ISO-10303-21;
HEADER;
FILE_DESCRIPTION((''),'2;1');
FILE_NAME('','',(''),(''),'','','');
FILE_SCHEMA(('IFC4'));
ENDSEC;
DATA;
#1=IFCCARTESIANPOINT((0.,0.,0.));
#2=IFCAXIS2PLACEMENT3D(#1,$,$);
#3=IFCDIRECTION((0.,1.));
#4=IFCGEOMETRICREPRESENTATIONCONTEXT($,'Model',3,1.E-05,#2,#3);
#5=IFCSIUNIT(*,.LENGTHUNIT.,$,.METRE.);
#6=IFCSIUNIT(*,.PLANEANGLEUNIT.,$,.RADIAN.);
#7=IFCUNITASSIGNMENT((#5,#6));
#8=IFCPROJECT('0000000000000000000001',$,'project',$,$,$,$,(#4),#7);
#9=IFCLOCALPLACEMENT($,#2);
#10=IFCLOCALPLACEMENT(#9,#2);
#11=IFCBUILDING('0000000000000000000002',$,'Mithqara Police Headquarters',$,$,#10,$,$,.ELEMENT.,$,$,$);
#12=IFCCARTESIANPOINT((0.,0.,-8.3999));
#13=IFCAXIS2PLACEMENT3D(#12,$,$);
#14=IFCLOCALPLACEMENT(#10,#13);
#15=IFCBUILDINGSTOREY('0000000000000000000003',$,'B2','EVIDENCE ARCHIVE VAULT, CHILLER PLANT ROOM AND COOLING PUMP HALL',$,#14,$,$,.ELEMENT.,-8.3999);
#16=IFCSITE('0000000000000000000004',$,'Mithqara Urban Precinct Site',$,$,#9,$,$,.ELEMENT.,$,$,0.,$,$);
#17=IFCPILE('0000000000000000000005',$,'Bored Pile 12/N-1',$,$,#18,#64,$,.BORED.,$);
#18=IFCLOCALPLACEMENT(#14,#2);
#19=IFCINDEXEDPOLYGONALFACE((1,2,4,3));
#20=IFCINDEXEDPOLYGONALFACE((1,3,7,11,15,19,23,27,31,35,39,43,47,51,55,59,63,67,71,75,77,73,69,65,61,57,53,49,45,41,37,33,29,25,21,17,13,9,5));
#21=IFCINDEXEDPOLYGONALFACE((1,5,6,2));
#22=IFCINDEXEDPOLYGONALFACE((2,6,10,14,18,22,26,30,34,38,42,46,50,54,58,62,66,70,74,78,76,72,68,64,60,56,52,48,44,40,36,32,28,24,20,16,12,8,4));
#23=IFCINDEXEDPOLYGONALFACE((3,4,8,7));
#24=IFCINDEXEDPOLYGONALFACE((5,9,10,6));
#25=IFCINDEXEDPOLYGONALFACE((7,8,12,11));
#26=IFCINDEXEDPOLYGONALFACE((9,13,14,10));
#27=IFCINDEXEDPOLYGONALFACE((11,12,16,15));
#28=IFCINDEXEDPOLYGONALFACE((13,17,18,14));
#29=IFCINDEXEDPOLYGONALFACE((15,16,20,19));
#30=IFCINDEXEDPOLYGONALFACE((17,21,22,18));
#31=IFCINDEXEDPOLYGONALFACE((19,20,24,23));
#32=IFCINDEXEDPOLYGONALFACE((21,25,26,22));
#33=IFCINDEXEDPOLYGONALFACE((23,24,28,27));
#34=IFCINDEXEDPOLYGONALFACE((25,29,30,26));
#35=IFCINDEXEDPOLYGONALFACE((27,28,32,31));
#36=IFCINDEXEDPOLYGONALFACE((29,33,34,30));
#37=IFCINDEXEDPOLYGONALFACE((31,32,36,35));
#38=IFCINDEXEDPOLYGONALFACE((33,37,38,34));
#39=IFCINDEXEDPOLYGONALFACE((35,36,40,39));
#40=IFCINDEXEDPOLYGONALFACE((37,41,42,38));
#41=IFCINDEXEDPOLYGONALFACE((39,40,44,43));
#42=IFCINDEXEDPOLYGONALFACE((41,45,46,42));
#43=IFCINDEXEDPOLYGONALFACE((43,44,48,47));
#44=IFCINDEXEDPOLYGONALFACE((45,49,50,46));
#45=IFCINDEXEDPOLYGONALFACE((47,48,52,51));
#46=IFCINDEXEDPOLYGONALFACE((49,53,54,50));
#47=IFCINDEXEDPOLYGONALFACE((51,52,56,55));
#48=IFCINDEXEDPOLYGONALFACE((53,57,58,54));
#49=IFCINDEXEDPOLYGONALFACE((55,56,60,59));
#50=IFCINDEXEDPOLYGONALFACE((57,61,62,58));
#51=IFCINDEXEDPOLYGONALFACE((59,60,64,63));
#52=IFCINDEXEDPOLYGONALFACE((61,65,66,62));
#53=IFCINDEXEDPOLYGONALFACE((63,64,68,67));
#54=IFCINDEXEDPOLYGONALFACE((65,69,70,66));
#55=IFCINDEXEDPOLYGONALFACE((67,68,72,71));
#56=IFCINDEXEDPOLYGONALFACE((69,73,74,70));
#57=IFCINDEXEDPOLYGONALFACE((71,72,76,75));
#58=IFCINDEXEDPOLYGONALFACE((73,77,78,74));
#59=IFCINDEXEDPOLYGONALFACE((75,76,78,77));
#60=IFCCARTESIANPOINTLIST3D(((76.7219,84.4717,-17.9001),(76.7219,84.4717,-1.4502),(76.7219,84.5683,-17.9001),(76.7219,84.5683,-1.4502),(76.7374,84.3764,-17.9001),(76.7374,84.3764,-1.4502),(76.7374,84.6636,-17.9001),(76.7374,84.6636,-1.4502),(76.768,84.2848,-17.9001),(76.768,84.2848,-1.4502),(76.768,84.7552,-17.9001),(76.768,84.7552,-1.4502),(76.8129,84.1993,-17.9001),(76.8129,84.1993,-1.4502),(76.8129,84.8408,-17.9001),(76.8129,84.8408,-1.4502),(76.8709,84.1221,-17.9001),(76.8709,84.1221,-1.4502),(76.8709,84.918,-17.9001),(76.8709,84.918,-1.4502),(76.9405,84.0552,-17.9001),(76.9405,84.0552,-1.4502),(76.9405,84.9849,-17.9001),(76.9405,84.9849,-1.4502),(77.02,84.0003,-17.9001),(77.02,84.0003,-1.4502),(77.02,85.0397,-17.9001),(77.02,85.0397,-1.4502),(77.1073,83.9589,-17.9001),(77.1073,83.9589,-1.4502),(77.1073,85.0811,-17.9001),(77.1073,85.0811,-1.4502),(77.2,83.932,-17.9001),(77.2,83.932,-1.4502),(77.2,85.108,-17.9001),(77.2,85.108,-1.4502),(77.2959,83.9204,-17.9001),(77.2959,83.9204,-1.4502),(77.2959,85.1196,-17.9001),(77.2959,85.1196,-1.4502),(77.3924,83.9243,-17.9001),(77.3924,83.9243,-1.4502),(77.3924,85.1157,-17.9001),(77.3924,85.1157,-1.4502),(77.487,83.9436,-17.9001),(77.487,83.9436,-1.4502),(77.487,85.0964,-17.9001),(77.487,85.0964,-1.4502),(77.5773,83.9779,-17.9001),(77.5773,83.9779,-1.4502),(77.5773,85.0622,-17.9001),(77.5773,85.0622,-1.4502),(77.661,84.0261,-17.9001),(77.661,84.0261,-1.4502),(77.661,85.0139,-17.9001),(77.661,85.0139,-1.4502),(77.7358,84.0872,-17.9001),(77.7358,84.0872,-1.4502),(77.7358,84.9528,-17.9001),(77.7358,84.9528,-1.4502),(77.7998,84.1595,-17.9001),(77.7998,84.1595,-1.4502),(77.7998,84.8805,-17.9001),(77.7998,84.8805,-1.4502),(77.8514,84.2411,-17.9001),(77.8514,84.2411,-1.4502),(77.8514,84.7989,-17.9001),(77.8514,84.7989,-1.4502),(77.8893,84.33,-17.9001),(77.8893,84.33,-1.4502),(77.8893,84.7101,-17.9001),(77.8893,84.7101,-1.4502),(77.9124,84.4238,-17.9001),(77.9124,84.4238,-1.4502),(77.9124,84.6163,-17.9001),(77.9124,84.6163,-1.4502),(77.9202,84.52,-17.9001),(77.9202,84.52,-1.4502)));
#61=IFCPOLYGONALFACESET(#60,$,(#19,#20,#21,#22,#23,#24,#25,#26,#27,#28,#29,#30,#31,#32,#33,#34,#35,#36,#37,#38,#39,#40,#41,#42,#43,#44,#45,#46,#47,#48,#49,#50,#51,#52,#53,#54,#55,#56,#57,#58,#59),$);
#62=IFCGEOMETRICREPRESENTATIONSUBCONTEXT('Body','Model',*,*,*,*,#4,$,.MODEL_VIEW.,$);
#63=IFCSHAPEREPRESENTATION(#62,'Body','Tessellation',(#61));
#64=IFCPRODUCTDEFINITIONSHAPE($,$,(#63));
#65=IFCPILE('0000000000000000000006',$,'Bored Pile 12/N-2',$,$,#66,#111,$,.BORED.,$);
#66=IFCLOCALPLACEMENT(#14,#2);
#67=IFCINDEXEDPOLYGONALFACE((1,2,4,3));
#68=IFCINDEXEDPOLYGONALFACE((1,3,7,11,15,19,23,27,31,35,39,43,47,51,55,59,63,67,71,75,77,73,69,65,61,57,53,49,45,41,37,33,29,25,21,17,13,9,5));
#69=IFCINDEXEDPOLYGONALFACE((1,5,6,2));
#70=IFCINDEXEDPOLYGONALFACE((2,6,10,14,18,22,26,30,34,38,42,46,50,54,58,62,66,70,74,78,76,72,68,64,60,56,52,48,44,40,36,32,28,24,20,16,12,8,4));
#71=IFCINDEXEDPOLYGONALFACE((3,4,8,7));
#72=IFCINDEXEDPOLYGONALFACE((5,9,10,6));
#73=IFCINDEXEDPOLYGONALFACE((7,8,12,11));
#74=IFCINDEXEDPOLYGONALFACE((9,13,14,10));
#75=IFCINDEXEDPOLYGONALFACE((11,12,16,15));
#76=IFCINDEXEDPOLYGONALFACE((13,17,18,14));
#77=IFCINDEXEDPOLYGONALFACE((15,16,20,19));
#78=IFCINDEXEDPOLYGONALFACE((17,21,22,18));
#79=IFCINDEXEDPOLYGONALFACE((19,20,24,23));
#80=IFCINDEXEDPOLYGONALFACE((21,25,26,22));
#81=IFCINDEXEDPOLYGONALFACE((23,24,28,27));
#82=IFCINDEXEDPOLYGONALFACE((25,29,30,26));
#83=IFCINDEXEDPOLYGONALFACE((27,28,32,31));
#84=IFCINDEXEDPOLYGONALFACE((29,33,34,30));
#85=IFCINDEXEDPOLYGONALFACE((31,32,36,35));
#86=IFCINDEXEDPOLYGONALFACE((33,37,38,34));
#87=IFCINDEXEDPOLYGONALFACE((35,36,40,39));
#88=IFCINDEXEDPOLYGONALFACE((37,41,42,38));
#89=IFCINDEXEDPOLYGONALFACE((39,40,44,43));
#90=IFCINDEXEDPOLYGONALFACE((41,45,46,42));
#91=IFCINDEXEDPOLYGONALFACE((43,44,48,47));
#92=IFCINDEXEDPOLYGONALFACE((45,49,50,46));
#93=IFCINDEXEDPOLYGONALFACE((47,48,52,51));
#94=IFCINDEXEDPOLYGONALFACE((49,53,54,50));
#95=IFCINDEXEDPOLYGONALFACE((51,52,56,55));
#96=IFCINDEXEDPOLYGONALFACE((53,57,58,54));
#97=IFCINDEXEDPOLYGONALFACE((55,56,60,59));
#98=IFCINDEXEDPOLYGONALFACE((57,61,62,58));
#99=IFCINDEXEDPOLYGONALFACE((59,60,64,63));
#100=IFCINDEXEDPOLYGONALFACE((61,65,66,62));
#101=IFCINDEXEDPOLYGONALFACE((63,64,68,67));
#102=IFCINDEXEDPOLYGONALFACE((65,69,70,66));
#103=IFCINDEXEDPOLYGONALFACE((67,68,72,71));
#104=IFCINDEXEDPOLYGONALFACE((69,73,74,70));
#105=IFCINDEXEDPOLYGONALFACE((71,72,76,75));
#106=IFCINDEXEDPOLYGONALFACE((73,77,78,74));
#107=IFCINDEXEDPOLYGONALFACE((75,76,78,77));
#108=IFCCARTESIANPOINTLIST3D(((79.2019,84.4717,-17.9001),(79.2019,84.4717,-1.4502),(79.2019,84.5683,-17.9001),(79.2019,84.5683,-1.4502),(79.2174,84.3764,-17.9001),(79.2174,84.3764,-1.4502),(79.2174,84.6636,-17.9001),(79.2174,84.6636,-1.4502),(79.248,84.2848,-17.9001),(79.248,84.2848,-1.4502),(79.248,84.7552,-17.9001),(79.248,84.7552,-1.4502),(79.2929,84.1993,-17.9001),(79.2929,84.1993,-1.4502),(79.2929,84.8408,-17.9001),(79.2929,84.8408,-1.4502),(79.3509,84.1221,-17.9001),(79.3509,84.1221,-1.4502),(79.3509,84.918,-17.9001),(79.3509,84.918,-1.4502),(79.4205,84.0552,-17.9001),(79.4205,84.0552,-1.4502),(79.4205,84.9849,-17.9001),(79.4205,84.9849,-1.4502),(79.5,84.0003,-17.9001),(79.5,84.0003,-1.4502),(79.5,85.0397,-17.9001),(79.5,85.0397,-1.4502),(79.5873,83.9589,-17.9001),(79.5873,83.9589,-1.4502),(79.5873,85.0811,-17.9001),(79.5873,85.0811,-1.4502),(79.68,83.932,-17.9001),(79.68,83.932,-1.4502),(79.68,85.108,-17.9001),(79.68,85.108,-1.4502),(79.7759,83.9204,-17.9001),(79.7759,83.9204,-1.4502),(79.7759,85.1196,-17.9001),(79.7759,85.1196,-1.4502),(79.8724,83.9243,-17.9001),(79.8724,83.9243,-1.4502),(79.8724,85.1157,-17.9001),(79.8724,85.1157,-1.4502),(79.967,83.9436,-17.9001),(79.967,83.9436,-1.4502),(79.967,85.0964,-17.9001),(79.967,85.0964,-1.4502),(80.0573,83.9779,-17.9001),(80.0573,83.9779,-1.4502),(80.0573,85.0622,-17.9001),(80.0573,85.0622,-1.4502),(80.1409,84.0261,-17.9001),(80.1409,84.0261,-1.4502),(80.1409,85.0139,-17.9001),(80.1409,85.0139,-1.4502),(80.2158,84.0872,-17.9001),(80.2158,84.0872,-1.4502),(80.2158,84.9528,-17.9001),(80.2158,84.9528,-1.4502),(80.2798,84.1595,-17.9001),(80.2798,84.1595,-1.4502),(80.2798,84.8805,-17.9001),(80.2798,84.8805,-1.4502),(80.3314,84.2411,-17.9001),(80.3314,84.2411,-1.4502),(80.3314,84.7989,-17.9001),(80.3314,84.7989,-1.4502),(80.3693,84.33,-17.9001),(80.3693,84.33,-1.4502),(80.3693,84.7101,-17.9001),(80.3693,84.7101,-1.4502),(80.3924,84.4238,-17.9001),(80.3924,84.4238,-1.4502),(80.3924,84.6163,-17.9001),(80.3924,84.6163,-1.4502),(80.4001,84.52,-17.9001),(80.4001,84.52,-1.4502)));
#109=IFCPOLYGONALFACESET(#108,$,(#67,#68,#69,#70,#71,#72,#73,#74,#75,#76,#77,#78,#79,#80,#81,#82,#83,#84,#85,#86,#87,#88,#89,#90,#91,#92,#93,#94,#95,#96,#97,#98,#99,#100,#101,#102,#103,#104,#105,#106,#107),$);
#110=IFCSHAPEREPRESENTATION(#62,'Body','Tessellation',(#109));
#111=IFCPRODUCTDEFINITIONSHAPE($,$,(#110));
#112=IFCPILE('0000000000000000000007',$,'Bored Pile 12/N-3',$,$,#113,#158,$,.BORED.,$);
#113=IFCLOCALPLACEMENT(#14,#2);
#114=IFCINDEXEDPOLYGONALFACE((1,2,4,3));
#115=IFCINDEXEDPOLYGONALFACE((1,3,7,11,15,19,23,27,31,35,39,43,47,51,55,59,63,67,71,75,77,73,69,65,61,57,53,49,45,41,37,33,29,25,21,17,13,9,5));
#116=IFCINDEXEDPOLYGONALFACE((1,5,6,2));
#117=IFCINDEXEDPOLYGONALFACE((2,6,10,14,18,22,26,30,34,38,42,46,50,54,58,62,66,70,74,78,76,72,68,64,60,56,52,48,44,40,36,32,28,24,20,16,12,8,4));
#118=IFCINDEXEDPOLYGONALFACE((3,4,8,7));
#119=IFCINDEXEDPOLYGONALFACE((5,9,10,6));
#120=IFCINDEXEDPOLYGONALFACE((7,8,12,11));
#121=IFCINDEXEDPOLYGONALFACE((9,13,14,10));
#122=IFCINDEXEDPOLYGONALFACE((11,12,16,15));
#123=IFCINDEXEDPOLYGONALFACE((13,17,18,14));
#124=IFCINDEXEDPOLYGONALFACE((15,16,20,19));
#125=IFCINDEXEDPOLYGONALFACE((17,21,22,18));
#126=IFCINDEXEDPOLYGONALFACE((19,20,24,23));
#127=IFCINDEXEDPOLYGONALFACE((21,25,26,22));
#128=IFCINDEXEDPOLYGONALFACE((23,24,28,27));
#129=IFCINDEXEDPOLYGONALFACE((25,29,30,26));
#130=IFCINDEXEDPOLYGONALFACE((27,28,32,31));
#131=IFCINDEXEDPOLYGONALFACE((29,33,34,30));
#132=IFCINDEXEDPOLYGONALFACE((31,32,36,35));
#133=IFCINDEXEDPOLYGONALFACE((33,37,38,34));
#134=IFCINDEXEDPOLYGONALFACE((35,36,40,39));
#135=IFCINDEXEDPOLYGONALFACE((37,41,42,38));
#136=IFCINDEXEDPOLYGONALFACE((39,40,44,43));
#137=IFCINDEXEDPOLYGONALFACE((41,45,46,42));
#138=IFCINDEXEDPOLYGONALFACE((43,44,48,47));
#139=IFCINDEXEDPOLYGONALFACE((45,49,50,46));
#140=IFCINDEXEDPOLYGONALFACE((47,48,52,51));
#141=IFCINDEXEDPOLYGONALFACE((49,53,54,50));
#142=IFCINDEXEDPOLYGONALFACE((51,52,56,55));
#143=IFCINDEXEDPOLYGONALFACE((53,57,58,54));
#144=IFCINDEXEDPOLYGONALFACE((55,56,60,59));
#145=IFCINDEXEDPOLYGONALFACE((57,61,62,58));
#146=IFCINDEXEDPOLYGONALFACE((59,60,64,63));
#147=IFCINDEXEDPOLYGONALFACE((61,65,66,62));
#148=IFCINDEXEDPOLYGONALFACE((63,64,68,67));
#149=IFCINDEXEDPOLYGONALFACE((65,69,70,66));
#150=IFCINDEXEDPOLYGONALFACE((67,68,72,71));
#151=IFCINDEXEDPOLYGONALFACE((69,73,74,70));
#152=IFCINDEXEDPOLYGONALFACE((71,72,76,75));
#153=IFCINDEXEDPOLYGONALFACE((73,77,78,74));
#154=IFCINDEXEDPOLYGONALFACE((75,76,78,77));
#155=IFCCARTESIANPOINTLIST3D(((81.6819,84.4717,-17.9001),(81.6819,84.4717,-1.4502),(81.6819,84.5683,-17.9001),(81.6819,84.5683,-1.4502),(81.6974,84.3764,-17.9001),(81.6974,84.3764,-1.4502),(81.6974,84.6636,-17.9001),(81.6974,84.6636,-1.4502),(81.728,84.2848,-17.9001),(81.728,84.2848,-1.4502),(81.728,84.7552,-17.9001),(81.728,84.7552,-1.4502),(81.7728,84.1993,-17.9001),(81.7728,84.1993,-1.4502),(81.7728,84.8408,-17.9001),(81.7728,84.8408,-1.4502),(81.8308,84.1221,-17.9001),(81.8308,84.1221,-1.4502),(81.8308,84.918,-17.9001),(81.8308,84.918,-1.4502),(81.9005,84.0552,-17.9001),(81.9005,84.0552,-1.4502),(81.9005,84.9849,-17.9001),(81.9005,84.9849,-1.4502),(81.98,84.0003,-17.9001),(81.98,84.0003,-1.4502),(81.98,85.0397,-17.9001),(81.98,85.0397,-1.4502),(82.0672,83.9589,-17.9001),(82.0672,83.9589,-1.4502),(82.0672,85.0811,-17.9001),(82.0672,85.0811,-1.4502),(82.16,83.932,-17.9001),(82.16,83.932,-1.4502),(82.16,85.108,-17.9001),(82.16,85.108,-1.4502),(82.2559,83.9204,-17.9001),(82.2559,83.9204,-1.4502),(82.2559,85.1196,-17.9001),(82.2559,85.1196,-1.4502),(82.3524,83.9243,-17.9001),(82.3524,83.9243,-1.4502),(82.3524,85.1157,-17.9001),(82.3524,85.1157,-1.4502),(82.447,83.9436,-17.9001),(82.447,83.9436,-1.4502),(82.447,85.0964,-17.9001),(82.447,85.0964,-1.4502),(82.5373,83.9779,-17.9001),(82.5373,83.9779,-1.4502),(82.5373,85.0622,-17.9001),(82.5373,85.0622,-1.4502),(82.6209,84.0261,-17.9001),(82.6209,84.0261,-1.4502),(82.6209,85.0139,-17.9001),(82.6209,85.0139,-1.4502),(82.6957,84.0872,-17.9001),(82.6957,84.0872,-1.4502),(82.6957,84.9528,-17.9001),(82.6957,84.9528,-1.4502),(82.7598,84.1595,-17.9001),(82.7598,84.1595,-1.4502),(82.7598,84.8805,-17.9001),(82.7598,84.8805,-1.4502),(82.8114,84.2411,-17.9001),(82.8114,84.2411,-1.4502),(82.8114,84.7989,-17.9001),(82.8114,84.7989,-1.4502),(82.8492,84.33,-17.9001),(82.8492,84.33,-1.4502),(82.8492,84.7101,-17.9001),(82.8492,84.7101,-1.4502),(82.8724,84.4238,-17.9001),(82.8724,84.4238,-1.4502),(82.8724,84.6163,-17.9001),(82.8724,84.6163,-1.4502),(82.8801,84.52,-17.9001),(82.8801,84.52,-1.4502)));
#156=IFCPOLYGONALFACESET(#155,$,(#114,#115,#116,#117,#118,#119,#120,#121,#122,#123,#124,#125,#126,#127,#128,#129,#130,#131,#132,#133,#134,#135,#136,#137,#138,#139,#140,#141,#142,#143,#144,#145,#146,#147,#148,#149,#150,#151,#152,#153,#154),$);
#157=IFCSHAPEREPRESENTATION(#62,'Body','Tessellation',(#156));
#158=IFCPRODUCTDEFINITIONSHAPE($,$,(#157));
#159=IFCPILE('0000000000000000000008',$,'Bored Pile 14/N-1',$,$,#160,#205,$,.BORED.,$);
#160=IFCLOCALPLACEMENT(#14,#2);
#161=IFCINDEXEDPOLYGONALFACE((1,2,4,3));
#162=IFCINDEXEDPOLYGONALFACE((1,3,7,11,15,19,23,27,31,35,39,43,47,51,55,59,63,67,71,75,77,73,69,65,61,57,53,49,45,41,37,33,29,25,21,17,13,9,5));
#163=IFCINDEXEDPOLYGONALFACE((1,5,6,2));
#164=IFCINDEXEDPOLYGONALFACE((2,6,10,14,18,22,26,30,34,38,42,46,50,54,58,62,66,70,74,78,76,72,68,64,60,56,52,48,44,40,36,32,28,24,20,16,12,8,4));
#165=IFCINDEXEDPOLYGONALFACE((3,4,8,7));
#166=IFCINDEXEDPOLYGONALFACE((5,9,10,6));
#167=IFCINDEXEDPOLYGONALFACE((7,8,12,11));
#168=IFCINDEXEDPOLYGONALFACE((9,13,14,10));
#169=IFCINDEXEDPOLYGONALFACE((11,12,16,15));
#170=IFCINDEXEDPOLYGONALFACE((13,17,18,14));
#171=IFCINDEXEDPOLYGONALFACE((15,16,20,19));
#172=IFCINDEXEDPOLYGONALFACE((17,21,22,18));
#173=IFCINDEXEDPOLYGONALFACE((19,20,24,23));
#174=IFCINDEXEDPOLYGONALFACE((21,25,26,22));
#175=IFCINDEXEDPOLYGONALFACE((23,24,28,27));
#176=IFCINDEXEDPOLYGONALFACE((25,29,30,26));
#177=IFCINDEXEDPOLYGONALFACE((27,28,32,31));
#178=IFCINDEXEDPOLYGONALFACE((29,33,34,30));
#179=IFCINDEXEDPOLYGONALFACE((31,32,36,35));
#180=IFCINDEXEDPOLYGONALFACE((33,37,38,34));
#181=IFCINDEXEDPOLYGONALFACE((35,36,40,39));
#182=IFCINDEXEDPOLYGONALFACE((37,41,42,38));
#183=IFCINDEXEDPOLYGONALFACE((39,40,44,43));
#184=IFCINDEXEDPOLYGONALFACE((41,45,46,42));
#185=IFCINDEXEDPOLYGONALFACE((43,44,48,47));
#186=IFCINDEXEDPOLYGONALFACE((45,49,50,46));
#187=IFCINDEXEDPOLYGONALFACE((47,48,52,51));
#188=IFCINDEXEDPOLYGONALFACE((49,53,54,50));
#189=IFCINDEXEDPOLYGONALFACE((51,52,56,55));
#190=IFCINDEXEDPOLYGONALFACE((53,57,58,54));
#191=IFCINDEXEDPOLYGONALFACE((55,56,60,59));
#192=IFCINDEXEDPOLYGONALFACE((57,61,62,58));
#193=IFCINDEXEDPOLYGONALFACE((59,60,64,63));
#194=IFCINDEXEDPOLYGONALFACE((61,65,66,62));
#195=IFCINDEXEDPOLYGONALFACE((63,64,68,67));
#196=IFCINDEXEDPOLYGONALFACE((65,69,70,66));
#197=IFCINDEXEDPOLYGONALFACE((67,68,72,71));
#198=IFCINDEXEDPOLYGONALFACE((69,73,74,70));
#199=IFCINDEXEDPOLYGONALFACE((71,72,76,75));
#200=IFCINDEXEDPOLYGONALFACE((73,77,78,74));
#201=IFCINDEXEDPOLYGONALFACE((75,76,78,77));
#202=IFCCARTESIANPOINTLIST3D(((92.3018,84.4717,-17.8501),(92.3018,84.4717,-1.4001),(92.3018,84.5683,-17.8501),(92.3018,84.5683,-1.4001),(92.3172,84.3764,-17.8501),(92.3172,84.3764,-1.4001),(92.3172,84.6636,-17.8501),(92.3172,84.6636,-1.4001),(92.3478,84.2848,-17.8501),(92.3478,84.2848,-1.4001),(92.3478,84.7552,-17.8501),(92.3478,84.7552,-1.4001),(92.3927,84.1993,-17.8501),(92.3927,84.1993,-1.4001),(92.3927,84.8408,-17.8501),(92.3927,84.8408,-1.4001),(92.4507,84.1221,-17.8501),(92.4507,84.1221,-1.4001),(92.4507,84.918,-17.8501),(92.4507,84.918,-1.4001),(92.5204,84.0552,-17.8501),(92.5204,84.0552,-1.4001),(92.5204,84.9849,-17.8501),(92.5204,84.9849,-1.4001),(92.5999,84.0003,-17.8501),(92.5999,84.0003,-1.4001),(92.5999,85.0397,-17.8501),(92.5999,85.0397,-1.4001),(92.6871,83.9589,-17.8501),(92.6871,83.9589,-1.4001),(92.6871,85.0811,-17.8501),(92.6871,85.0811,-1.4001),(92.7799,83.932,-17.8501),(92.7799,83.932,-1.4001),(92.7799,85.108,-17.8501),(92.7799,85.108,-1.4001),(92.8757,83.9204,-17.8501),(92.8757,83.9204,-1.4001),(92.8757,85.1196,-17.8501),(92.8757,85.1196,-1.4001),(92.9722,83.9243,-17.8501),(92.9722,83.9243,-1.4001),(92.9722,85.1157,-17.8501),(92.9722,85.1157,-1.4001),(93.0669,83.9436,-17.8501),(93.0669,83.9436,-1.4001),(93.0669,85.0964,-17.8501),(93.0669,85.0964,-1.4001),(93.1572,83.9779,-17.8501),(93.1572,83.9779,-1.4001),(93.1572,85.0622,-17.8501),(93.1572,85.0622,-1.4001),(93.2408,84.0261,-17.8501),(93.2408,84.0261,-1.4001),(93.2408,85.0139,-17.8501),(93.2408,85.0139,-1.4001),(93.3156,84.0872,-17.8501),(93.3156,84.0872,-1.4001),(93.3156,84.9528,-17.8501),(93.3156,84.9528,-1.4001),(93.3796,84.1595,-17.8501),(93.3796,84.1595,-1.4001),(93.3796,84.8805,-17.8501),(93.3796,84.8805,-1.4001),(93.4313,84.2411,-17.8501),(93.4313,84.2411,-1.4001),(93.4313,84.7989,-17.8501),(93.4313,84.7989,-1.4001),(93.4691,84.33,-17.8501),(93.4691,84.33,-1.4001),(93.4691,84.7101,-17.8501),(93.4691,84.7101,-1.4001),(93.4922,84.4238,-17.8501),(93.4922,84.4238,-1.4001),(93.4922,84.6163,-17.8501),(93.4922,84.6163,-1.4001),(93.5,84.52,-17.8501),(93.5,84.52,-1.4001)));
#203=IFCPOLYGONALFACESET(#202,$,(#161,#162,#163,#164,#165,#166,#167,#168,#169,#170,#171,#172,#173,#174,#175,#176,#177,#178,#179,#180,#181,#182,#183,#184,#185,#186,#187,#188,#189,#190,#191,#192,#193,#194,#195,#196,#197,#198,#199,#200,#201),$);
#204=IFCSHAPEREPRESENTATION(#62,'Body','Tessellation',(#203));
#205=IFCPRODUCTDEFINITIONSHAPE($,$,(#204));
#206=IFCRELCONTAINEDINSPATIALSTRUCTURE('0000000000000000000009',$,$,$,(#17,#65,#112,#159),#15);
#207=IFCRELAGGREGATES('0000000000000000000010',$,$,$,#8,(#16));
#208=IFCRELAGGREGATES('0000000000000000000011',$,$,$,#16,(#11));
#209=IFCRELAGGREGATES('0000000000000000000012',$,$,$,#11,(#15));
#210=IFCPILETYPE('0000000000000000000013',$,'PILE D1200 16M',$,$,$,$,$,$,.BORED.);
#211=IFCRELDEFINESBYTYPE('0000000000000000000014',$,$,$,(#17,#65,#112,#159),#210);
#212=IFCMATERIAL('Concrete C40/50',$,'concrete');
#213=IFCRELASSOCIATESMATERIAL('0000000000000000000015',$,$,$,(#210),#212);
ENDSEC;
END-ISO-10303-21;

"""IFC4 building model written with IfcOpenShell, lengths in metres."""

from ifc_helpers import new_model, si_unit, direction, frame, origin, origin_2d, place, context, subcontext, project, spatial, circle, extrude, material, material_profile, profile_set, type_object, element, save


model = new_model("IFC4")

# Units and contexts
model_context = context("Model", 3, precision=1e-05, world=origin(), true_north=direction((0.0, 1.0)))
body_context = subcontext(model_context, "Body", "Model", "MODEL_VIEW")
ifc_project = project(units=[si_unit("LENGTHUNIT", "METRE"), si_unit("PLANEANGLEUNIT", "RADIAN")], contexts=[model_context])

# Site, building, storey
site_placement = place(None, origin())
site = spatial("IfcSite", under=ifc_project, at=site_placement, Name="Mithqara Urban Precinct Site", CompositionType="ELEMENT", RefElevation=0.0)
building_placement = place(site_placement, origin())
building = spatial("IfcBuilding", under=site, at=building_placement, Name="Mithqara Police Headquarters", CompositionType="ELEMENT")
storey_placement = place(building_placement, frame((0.0, 0.0, -8.3999)))
storey = spatial("IfcBuildingStorey", under=building, at=storey_placement, Name="B2", Description="EVIDENCE ARCHIVE VAULT, CHILLER PLANT ROOM AND COOLING PUMP HALL", CompositionType="ELEMENT", Elevation=-8.3999)

# Shared definitions
ifc_material_1 = material(Name="Concrete C40/50", Category="concrete")

# Piles
ifc_material_profile_1 = material_profile(ifc_material_1, circle(Radius=0.6001, at=origin_2d()), Name="PILE D1200")
ifc_profile_set_1 = profile_set([ifc_material_profile_1], Name="Concrete C40/50")
pile_type_1 = type_object("IfcPileType", Name="PILE D1200 16M", PredefinedType="BORED", material=ifc_profile_set_1)
for number, where, z_axis, x_axis, name in (
    (1, (77.3201, 84.52, -1.4502), (0.0, 0.0, -1.0), (1.0, 0.0, 0.0), "Bored Pile 12/N-1"),
    (2, (79.8, 84.52, -1.4502), (0.0, 0.0, -1.0), (1.0, 0.0, 0.0), "Bored Pile 12/N-2"),
    (3, (82.28, 84.52, -1.4502), (0.0, 0.0, -1.0), (1.0, 0.0, 0.0), "Bored Pile 12/N-3"),
    (4, (92.8999, 84.52, -1.4001), (0.0, 0.0, -1.0), (1.0, 0.0, 0.0), "Bored Pile 14/N-1"),
):
    element("IfcPile", number, at=place(storey_placement, frame(where, z_axis=z_axis, x_axis=x_axis)), inside=storey, type_object=pile_type_1, Name=name, PredefinedType="BORED", context=body_context, shape_type="SweptSolid", body=[
        extrude(circle(Radius=0.6001, at=origin_2d()), origin(), (0.0, 0.0, 1.0), 16.45),
    ])

save(model, "model.ifc")
